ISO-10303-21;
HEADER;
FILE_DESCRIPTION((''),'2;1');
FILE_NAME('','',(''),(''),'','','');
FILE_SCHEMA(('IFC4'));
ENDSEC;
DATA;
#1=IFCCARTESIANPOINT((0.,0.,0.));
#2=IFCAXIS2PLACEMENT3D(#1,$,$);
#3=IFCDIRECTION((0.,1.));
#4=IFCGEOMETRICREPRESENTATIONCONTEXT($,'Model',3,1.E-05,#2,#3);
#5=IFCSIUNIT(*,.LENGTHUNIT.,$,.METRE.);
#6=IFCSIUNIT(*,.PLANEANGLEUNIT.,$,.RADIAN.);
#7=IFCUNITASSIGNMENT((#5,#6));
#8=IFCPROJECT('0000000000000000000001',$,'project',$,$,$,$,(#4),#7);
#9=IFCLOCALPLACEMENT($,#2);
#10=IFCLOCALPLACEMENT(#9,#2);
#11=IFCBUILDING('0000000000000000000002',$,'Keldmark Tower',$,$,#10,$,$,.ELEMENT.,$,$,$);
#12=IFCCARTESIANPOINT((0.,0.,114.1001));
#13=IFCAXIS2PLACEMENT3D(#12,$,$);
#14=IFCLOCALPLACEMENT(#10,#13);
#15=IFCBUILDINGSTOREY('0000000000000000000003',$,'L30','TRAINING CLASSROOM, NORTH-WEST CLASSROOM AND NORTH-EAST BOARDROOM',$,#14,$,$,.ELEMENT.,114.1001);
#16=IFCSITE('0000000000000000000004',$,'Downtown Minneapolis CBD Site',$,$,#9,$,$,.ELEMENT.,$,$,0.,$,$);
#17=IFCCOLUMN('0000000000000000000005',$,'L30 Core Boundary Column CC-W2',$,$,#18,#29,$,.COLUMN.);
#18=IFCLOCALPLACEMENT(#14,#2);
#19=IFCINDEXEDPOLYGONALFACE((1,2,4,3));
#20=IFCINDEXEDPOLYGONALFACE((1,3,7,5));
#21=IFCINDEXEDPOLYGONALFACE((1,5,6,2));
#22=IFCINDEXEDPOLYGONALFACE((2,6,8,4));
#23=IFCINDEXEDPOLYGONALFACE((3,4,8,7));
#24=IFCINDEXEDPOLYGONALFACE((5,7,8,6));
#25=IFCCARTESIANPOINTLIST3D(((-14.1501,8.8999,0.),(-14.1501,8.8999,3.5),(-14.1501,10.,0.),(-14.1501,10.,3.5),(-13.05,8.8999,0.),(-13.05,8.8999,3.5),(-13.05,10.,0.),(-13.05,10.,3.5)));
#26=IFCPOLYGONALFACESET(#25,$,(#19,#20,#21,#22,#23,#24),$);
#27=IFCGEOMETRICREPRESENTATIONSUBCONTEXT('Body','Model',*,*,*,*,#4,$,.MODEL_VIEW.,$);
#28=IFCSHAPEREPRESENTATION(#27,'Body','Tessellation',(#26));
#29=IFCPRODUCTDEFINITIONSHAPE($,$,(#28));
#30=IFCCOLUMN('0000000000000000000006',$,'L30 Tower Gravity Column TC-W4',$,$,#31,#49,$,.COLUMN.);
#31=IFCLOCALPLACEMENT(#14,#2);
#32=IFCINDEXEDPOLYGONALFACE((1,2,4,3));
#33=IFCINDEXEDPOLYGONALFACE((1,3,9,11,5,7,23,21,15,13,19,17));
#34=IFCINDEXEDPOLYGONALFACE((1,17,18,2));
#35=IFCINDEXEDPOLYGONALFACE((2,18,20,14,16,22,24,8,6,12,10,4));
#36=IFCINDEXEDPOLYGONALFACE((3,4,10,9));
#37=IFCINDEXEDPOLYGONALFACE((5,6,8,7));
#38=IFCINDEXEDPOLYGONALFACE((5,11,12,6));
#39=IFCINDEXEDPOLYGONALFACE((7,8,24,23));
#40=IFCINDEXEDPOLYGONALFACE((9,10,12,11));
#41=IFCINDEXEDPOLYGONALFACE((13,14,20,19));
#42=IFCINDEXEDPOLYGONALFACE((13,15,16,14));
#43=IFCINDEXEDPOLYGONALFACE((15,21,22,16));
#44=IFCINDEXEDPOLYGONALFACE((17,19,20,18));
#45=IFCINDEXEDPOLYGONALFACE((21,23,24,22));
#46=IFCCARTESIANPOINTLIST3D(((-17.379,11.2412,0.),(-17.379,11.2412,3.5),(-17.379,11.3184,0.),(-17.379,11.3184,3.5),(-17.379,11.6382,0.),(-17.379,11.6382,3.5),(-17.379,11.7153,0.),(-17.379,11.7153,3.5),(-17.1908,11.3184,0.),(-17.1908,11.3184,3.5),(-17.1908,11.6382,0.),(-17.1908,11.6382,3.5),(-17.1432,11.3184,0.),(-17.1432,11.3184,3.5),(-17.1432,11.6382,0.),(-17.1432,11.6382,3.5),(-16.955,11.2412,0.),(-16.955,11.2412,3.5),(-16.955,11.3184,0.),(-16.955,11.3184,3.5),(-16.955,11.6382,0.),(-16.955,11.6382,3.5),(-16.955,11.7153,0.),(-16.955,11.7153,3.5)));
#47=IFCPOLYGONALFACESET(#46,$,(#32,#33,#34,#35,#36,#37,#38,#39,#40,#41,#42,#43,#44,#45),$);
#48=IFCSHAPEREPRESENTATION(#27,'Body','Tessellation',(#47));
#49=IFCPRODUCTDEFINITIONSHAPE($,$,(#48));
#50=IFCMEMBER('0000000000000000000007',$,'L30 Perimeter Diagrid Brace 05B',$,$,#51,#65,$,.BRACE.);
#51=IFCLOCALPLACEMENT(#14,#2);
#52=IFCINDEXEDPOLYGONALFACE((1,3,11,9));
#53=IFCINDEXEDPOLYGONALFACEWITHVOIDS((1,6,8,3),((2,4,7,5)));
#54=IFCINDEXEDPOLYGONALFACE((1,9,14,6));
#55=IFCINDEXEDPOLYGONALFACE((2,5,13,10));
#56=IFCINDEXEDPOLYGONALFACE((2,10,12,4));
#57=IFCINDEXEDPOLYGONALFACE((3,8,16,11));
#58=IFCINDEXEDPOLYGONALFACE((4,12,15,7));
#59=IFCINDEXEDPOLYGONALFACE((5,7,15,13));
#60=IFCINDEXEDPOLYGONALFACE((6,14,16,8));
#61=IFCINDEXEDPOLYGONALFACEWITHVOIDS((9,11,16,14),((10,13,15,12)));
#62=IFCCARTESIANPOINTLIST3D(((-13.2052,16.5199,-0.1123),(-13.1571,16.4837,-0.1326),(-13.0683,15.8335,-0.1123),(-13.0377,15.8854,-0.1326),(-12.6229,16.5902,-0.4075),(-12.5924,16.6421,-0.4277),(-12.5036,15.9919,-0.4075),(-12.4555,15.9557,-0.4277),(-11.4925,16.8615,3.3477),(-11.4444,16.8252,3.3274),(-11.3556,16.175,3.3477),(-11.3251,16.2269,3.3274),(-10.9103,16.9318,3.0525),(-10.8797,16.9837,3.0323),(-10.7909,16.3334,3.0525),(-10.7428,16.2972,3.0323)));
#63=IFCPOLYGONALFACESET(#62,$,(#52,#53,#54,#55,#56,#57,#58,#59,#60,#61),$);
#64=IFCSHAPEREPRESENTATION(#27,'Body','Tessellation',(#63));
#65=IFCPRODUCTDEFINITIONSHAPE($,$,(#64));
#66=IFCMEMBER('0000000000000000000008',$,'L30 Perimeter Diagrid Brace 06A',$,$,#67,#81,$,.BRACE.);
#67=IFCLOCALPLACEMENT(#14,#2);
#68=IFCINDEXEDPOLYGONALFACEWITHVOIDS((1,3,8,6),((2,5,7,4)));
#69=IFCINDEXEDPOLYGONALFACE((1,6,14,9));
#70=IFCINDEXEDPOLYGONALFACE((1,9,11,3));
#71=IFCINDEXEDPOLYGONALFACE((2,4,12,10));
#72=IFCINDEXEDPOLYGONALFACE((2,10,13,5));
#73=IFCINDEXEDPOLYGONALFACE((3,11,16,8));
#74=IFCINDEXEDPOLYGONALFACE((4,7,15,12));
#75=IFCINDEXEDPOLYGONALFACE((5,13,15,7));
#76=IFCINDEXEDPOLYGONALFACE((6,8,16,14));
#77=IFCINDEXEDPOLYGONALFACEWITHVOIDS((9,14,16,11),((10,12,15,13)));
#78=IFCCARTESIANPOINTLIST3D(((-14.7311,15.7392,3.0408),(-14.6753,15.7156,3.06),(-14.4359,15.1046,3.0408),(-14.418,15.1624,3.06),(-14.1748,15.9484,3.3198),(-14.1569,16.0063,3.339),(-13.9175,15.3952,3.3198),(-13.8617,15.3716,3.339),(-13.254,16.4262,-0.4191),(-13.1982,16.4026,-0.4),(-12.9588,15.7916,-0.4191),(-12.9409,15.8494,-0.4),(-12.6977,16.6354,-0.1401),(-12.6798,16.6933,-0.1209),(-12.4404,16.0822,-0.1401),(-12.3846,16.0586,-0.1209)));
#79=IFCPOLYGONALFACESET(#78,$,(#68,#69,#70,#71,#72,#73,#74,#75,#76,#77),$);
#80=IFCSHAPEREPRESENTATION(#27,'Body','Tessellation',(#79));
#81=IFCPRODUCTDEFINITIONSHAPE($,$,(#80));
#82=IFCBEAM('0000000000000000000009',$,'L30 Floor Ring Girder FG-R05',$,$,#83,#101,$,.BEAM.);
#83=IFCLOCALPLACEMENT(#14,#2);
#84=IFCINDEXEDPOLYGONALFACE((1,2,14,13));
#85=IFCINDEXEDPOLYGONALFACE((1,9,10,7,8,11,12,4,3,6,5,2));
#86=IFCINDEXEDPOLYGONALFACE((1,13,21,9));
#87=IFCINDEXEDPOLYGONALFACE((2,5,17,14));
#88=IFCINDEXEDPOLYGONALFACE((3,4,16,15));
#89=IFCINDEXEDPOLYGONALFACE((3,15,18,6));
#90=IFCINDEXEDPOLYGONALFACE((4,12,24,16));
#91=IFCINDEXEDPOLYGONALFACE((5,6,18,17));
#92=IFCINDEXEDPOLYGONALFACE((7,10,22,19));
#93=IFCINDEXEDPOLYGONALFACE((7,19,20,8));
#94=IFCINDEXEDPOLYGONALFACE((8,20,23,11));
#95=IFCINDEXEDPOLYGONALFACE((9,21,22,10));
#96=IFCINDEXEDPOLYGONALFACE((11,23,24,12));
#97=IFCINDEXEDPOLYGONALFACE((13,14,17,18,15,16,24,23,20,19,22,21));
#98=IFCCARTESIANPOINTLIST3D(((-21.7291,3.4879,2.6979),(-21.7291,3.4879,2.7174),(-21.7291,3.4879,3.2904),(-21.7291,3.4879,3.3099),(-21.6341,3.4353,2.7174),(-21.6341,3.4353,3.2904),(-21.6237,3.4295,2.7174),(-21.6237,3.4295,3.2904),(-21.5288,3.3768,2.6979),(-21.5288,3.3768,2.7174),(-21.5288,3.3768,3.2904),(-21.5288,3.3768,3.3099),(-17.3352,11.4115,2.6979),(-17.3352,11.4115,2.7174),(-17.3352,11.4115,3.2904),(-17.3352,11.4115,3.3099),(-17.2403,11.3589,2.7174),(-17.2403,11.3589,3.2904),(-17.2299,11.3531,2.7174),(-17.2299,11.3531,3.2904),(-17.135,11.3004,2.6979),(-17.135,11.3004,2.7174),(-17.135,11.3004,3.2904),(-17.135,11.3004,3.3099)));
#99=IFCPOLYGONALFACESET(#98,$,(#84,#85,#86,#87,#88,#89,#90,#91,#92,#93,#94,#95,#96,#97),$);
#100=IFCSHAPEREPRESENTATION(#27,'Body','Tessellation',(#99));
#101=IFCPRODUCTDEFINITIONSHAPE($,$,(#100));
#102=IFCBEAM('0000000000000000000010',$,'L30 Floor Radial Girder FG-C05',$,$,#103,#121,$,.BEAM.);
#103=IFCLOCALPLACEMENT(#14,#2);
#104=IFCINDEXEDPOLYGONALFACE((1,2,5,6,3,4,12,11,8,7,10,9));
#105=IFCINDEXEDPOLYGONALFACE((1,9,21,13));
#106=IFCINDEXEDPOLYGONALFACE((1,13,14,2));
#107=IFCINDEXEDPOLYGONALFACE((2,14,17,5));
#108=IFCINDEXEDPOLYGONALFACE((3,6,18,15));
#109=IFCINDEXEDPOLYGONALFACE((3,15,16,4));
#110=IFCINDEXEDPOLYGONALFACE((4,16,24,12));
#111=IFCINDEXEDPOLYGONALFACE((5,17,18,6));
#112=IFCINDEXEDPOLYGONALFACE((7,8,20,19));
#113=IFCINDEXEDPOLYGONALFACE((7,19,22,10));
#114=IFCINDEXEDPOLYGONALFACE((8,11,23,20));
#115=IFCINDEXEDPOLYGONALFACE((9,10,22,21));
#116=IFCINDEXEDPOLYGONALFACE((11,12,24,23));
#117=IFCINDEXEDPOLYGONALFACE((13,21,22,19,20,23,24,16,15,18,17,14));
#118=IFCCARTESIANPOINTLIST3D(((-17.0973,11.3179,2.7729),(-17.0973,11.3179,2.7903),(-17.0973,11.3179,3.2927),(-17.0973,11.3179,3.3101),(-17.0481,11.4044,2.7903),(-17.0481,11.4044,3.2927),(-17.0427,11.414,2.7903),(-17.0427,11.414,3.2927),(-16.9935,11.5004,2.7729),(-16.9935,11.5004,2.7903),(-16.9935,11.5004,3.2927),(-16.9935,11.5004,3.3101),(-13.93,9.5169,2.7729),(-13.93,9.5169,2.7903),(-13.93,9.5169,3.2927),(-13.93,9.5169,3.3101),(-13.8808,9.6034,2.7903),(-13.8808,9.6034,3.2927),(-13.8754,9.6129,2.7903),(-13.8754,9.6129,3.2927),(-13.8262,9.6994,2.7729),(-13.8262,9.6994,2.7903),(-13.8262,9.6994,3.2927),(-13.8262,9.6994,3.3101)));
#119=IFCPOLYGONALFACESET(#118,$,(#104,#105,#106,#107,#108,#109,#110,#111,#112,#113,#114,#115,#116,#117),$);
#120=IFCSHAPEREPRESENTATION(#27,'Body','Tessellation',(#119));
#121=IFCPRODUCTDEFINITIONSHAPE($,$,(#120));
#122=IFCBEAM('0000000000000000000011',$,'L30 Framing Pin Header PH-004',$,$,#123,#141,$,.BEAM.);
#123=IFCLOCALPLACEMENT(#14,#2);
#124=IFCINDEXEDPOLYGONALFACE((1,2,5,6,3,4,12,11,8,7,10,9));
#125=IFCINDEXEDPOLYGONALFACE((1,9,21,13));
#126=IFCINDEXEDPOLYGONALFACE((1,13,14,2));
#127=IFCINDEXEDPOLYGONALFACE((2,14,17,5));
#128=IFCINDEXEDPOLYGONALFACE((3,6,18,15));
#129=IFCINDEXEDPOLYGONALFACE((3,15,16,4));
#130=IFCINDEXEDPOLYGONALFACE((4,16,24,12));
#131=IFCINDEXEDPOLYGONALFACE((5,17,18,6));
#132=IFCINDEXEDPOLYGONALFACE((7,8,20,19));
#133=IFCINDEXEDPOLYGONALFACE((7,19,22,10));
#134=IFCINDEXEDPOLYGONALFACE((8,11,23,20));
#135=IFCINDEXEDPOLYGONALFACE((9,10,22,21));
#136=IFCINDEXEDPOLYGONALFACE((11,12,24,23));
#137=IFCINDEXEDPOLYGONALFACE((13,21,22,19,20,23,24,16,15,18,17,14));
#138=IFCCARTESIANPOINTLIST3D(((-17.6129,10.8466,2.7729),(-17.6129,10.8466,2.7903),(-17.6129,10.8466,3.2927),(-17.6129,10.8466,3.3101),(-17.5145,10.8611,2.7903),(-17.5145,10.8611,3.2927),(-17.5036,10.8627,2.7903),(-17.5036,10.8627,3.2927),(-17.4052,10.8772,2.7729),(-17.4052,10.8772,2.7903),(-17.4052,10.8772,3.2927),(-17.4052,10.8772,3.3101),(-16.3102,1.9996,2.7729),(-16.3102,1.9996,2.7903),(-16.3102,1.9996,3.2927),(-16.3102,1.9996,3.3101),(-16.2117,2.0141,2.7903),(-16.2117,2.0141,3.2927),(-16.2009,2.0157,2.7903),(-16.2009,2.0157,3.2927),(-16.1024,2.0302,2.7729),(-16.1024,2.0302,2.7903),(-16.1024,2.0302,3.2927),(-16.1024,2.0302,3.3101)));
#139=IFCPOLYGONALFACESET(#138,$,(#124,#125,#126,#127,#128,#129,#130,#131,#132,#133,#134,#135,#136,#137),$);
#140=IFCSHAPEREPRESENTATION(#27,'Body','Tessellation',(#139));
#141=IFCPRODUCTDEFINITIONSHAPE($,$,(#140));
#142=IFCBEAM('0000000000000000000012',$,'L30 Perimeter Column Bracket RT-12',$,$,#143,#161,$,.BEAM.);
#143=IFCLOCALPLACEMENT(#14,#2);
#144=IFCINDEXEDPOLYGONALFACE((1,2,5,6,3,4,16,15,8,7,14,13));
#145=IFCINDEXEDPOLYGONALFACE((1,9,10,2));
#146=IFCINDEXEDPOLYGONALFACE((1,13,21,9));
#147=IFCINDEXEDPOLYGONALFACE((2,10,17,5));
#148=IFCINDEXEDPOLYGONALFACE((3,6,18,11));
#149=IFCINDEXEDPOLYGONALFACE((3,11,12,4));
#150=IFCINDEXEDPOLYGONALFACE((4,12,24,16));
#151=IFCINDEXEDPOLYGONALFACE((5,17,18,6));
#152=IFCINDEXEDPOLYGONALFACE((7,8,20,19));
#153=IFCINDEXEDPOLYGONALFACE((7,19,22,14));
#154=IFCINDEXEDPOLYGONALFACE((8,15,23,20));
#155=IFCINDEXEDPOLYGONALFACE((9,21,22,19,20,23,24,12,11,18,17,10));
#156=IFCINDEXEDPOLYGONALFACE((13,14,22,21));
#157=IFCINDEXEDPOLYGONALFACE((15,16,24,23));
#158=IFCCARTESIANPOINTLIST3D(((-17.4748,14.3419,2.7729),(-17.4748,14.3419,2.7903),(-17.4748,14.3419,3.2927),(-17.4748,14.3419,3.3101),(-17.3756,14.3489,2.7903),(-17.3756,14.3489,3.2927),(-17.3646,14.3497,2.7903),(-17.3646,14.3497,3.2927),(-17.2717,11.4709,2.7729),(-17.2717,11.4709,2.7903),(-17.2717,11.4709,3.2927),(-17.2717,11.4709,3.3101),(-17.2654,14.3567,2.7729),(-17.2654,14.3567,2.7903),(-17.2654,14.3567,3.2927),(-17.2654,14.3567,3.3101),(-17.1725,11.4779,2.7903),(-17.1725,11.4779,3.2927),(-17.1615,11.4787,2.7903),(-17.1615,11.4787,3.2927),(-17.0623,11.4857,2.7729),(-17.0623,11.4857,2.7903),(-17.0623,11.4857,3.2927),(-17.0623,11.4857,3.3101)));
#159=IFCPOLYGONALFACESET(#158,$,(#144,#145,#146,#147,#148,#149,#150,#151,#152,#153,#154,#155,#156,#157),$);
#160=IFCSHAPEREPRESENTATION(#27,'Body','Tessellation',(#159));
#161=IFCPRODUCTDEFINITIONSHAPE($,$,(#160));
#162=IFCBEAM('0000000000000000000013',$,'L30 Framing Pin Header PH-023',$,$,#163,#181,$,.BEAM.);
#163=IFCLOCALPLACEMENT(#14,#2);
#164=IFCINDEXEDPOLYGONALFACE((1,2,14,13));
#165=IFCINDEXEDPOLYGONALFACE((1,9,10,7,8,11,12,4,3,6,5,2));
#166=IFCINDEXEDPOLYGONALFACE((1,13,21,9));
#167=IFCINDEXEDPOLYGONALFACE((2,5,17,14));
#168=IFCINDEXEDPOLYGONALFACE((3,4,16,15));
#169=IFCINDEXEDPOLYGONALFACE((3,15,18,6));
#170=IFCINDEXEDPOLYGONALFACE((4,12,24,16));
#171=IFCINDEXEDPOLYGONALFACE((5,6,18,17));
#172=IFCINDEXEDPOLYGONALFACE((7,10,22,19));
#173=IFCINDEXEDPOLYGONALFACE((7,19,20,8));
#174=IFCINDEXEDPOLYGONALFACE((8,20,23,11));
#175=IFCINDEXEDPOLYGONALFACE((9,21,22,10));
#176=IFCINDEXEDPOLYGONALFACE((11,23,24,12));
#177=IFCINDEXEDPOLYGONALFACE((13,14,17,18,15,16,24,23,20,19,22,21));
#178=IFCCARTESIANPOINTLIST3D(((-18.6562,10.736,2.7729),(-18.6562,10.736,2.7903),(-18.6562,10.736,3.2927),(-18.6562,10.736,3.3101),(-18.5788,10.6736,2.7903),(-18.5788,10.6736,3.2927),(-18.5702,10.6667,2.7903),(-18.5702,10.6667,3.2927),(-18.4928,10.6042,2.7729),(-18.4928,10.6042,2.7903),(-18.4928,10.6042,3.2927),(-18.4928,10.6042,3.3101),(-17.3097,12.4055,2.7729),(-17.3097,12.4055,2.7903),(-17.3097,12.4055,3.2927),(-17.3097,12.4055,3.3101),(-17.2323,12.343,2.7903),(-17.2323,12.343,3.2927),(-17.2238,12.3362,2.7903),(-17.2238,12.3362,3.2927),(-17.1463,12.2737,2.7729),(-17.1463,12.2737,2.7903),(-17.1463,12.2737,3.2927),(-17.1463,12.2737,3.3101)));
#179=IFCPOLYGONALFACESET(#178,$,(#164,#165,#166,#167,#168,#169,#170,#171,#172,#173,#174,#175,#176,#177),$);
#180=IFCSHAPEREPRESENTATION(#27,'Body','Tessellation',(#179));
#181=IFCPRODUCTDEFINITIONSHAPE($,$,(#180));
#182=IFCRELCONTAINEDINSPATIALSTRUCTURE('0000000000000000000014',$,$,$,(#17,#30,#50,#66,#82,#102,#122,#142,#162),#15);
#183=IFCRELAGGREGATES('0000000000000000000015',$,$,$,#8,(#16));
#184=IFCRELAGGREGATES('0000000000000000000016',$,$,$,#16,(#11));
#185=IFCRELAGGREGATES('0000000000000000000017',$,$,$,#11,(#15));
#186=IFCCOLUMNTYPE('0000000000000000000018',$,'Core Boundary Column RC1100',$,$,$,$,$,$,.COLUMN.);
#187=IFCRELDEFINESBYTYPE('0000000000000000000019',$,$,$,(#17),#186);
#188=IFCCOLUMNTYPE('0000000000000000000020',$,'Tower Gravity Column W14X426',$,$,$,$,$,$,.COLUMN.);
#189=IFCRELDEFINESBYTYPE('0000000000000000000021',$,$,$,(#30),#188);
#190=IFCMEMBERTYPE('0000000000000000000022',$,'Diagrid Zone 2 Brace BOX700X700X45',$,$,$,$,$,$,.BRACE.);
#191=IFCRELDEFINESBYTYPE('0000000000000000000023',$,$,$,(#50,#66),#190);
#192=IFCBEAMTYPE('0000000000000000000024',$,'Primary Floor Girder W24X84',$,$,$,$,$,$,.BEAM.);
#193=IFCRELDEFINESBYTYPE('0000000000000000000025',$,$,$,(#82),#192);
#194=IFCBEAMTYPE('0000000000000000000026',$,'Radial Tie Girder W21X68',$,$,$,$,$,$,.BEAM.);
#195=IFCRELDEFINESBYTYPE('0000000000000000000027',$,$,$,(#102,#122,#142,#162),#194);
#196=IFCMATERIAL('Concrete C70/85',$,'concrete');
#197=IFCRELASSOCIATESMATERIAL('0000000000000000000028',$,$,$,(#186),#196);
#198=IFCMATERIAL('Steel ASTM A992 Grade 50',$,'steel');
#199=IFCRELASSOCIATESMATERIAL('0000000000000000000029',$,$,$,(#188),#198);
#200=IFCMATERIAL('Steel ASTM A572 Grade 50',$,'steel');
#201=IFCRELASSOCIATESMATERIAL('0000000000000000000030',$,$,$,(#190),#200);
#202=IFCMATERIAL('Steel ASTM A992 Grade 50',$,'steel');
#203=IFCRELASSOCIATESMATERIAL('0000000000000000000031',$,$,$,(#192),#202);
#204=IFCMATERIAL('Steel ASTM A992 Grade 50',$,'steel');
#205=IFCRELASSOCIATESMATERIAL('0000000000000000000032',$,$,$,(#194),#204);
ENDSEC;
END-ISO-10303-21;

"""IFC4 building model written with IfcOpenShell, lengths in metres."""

from ifc_helpers import new_model, si_unit, direction, frame, origin, origin_2d, place, context, subcontext, project, spatial, rectangle, hollow_rectangle, i_section, extrude, material, material_profile, profile_set, type_object, element, save


model = new_model("IFC4")

# Units and contexts
model_context = context("Model", 3, precision=1e-05, world=origin(), true_north=direction((0.0, 1.0)))
body_context = subcontext(model_context, "Body", "Model", "MODEL_VIEW")
ifc_project = project(units=[si_unit("LENGTHUNIT", "METRE"), si_unit("PLANEANGLEUNIT", "RADIAN")], contexts=[model_context])

# Site, building, storey
site_placement = place(None, origin())
site = spatial("IfcSite", under=ifc_project, at=site_placement, Name="Downtown Minneapolis CBD Site", CompositionType="ELEMENT", RefElevation=0.0)
building_placement = place(site_placement, origin())
building = spatial("IfcBuilding", under=site, at=building_placement, Name="Keldmark Tower", CompositionType="ELEMENT")
storey_placement = place(building_placement, frame((0.0, 0.0, 114.1001)))
storey = spatial("IfcBuildingStorey", under=building, at=storey_placement, Name="L30", Description="TRAINING CLASSROOM, NORTH-WEST CLASSROOM AND NORTH-EAST BOARDROOM", CompositionType="ELEMENT", Elevation=114.1001)

# Columns
ifc_material_1 = material(Name="Concrete C70/85", Category="concrete")
ifc_material_profile_1 = material_profile(ifc_material_1, rectangle(XDim=1.1001, YDim=1.1001, at=origin_2d()), Name="RC1100X1100")
ifc_profile_set_1 = profile_set([ifc_material_profile_1], Name="Concrete C70/85")
column_type_1 = type_object("IfcColumnType", Name="Core Boundary Column RC1100", PredefinedType="COLUMN", material=ifc_profile_set_1)
column_1_placement = place(storey_placement, frame((-13.6001, 9.45, 0.0), z_axis=(0.0, 0.0, 1.0), x_axis=(1.0, 0.0, 0.0)))
element("IfcColumn", 1, at=column_1_placement, inside=storey, type_object=column_type_1, Name="L30 Core Boundary Column CC-W2", PredefinedType="COLUMN", context=body_context, shape_type="SweptSolid", body=[
    extrude(rectangle(XDim=1.1001, YDim=1.1001, at=origin_2d()), origin(), (0.0, 0.0, 1.0), 3.5),
])
ifc_material_2 = material(Name="Steel ASTM A992 Grade 50", Category="steel")
ifc_material_profile_2 = material_profile(ifc_material_2, i_section(OverallWidth=0.4241, OverallDepth=0.4741, WebThickness=0.0476, FlangeThickness=0.0771, at=origin_2d()), Name="W14X426")
ifc_profile_set_2 = profile_set([ifc_material_profile_2], Name="Steel ASTM A992 Grade 50")
column_type_2 = type_object("IfcColumnType", Name="Tower Gravity Column W14X426", PredefinedType="COLUMN", material=ifc_profile_set_2)
column_2_placement = place(storey_placement, frame((-17.167, 11.4783, 0.0), z_axis=(0.0, 0.0, 1.0), x_axis=(1.0, 0.0, 0.0)))
element("IfcColumn", 2, at=column_2_placement, inside=storey, type_object=column_type_2, Name="L30 Tower Gravity Column TC-W4", PredefinedType="COLUMN", context=body_context, shape_type="SweptSolid", body=[
    extrude(i_section(OverallWidth=0.4241, OverallDepth=0.4741, WebThickness=0.0476, FlangeThickness=0.0771, at=origin_2d()), origin(), (0.0, 0.0, 1.0), 3.5),
])

# Members
ifc_material_3 = material(Name="Steel ASTM A572 Grade 50", Category="steel")
ifc_material_profile_3 = material_profile(ifc_material_3, hollow_rectangle(XDim=0.7, YDim=0.7, WallThickness=0.0449, at=origin_2d()), Name="BOX700X700X45")
ifc_profile_set_3 = profile_set([ifc_material_profile_3], Name="Steel ASTM A572 Grade 50")
member_type = type_object("IfcMemberType", Name="Diagrid Zone 2 Brace BOX700X700X45", PredefinedType="BRACE", material=ifc_profile_set_3)
member_1_placement = place(storey_placement, frame((-12.8303, 16.2378, -0.27), z_axis=(0.441892, 0.088126, 0.892729), x_axis=(-0.195578, 0.980688, 0.0)))
element("IfcMember", 3, at=member_1_placement, inside=storey, type_object=member_type, Name="L30 Perimeter Diagrid Brace 05B", PredefinedType="BRACE", context=body_context, shape_type="SweptSolid", body=[
    extrude(hollow_rectangle(XDim=0.7, YDim=0.7, WallThickness=0.0449, at=origin_2d()), origin(), (0.0, 0.0, 1.0), 3.8757),
])
member_2_placement = place(storey_placement, frame((-12.8193, 16.2424, -0.27), z_axis=(-0.386231, -0.179645, 0.904739), x_axis=(0.421736, -0.906718, 0.0)))
element("IfcMember", 4, at=member_2_placement, inside=storey, type_object=member_type, Name="L30 Perimeter Diagrid Brace 06A", PredefinedType="BRACE", context=body_context, shape_type="SweptSolid", body=[
    extrude(hollow_rectangle(XDim=0.7, YDim=0.7, WallThickness=0.0449, at=origin_2d()), origin(), (0.0, 0.0, 1.0), 3.8242),
])

# Beams
ifc_material_4 = material(Name="Steel ASTM A992 Grade 50", Category="steel")
ifc_material_profile_4 = material_profile(ifc_material_4, i_section(OverallWidth=0.229, OverallDepth=0.6121, WebThickness=0.012, FlangeThickness=0.0195, at=origin_2d()), Name="W24X84")
ifc_profile_set_4 = profile_set([ifc_material_profile_4], Name="Steel ASTM A992 Grade 50")
beam_type_1 = type_object("IfcBeamType", Name="Primary Floor Girder W24X84", PredefinedType="BEAM", material=ifc_profile_set_4)
beam_1_placement = place(storey_placement, frame((-17.2351, 11.356, 3.0039), z_axis=(-0.484952, -0.874541, 0.0), x_axis=(0.874541, -0.484952, 0.0)))
element("IfcBeam", 5, at=beam_1_placement, inside=storey, type_object=beam_type_1, Name="L30 Floor Ring Girder FG-R05", PredefinedType="BEAM", context=body_context, shape_type="SweptSolid", body=[
    extrude(i_section(OverallWidth=0.229, OverallDepth=0.6121, WebThickness=0.012, FlangeThickness=0.0195, at=origin_2d()), origin(), (0.0, 0.0, 1.0), 9.0603),
])
ifc_material_5 = material(Name="Steel ASTM A992 Grade 50", Category="steel")
ifc_material_profile_5 = material_profile(ifc_material_5, i_section(OverallWidth=0.21, OverallDepth=0.5371, WebThickness=0.011, FlangeThickness=0.0173, at=origin_2d()), Name="W21X68")
ifc_profile_set_5 = profile_set([ifc_material_profile_5], Name="Steel ASTM A992 Grade 50")
beam_type_2 = type_object("IfcBeamType", Name="Radial Tie Girder W21X68", PredefinedType="BEAM", material=ifc_profile_set_5)
beam_2_placement = place(storey_placement, frame((-17.0454, 11.4092, 3.0415), z_axis=(0.869284, -0.494312, 0.0), x_axis=(0.494312, 0.869284, 0.0)))
element("IfcBeam", 6, at=beam_2_placement, inside=storey, type_object=beam_type_2, Name="L30 Floor Radial Girder FG-C05", PredefinedType="BEAM", context=body_context, shape_type="SweptSolid", body=[
    extrude(i_section(OverallWidth=0.21, OverallDepth=0.5371, WebThickness=0.011, FlangeThickness=0.0173, at=origin_2d()), origin(), (0.0, 0.0, 1.0), 3.6436),
])
beam_3_placement = place(storey_placement, frame((-16.2063, 2.0149, 3.0415), z_axis=(-0.145682, 0.989331, 0.0), x_axis=(-0.989331, -0.145682, 0.0)))
element("IfcBeam", 7, at=beam_3_placement, inside=storey, type_object=beam_type_2, Name="L30 Framing Pin Header PH-004", PredefinedType="BEAM", context=body_context, shape_type="SweptSolid", body=[
    extrude(i_section(OverallWidth=0.21, OverallDepth=0.5371, WebThickness=0.011, FlangeThickness=0.0173, at=origin_2d()), origin(), (0.0, 0.0, 1.0), 8.9424),
])
beam_4_placement = place(storey_placement, frame((-17.167, 11.4783, 3.0415), z_axis=(-0.070572, 0.997507, 0.0), x_axis=(-0.997507, -0.070572, 0.0)))
element("IfcBeam", 8, at=beam_4_placement, inside=storey, type_object=beam_type_2, Name="L30 Perimeter Column Bracket RT-12", PredefinedType="BEAM", context=body_context, shape_type="SweptSolid", body=[
    extrude(i_section(OverallWidth=0.21, OverallDepth=0.5371, WebThickness=0.011, FlangeThickness=0.0173, at=origin_2d()), origin(), (0.0, 0.0, 1.0), 2.8782),
])
beam_5_placement = place(storey_placement, frame((-17.228, 12.3396, 3.0415), z_axis=(-0.627786, -0.778386, 0.0), x_axis=(0.778386, -0.627786, 0.0)))
element("IfcBeam", 9, at=beam_5_placement, inside=storey, type_object=beam_type_2, Name="L30 Framing Pin Header PH-023", PredefinedType="BEAM", context=body_context, shape_type="SweptSolid", body=[
    extrude(i_section(OverallWidth=0.21, OverallDepth=0.5371, WebThickness=0.011, FlangeThickness=0.0173, at=origin_2d()), origin(), (0.0, 0.0, 1.0), 2.1448),
])

save(model, "model.ifc")
